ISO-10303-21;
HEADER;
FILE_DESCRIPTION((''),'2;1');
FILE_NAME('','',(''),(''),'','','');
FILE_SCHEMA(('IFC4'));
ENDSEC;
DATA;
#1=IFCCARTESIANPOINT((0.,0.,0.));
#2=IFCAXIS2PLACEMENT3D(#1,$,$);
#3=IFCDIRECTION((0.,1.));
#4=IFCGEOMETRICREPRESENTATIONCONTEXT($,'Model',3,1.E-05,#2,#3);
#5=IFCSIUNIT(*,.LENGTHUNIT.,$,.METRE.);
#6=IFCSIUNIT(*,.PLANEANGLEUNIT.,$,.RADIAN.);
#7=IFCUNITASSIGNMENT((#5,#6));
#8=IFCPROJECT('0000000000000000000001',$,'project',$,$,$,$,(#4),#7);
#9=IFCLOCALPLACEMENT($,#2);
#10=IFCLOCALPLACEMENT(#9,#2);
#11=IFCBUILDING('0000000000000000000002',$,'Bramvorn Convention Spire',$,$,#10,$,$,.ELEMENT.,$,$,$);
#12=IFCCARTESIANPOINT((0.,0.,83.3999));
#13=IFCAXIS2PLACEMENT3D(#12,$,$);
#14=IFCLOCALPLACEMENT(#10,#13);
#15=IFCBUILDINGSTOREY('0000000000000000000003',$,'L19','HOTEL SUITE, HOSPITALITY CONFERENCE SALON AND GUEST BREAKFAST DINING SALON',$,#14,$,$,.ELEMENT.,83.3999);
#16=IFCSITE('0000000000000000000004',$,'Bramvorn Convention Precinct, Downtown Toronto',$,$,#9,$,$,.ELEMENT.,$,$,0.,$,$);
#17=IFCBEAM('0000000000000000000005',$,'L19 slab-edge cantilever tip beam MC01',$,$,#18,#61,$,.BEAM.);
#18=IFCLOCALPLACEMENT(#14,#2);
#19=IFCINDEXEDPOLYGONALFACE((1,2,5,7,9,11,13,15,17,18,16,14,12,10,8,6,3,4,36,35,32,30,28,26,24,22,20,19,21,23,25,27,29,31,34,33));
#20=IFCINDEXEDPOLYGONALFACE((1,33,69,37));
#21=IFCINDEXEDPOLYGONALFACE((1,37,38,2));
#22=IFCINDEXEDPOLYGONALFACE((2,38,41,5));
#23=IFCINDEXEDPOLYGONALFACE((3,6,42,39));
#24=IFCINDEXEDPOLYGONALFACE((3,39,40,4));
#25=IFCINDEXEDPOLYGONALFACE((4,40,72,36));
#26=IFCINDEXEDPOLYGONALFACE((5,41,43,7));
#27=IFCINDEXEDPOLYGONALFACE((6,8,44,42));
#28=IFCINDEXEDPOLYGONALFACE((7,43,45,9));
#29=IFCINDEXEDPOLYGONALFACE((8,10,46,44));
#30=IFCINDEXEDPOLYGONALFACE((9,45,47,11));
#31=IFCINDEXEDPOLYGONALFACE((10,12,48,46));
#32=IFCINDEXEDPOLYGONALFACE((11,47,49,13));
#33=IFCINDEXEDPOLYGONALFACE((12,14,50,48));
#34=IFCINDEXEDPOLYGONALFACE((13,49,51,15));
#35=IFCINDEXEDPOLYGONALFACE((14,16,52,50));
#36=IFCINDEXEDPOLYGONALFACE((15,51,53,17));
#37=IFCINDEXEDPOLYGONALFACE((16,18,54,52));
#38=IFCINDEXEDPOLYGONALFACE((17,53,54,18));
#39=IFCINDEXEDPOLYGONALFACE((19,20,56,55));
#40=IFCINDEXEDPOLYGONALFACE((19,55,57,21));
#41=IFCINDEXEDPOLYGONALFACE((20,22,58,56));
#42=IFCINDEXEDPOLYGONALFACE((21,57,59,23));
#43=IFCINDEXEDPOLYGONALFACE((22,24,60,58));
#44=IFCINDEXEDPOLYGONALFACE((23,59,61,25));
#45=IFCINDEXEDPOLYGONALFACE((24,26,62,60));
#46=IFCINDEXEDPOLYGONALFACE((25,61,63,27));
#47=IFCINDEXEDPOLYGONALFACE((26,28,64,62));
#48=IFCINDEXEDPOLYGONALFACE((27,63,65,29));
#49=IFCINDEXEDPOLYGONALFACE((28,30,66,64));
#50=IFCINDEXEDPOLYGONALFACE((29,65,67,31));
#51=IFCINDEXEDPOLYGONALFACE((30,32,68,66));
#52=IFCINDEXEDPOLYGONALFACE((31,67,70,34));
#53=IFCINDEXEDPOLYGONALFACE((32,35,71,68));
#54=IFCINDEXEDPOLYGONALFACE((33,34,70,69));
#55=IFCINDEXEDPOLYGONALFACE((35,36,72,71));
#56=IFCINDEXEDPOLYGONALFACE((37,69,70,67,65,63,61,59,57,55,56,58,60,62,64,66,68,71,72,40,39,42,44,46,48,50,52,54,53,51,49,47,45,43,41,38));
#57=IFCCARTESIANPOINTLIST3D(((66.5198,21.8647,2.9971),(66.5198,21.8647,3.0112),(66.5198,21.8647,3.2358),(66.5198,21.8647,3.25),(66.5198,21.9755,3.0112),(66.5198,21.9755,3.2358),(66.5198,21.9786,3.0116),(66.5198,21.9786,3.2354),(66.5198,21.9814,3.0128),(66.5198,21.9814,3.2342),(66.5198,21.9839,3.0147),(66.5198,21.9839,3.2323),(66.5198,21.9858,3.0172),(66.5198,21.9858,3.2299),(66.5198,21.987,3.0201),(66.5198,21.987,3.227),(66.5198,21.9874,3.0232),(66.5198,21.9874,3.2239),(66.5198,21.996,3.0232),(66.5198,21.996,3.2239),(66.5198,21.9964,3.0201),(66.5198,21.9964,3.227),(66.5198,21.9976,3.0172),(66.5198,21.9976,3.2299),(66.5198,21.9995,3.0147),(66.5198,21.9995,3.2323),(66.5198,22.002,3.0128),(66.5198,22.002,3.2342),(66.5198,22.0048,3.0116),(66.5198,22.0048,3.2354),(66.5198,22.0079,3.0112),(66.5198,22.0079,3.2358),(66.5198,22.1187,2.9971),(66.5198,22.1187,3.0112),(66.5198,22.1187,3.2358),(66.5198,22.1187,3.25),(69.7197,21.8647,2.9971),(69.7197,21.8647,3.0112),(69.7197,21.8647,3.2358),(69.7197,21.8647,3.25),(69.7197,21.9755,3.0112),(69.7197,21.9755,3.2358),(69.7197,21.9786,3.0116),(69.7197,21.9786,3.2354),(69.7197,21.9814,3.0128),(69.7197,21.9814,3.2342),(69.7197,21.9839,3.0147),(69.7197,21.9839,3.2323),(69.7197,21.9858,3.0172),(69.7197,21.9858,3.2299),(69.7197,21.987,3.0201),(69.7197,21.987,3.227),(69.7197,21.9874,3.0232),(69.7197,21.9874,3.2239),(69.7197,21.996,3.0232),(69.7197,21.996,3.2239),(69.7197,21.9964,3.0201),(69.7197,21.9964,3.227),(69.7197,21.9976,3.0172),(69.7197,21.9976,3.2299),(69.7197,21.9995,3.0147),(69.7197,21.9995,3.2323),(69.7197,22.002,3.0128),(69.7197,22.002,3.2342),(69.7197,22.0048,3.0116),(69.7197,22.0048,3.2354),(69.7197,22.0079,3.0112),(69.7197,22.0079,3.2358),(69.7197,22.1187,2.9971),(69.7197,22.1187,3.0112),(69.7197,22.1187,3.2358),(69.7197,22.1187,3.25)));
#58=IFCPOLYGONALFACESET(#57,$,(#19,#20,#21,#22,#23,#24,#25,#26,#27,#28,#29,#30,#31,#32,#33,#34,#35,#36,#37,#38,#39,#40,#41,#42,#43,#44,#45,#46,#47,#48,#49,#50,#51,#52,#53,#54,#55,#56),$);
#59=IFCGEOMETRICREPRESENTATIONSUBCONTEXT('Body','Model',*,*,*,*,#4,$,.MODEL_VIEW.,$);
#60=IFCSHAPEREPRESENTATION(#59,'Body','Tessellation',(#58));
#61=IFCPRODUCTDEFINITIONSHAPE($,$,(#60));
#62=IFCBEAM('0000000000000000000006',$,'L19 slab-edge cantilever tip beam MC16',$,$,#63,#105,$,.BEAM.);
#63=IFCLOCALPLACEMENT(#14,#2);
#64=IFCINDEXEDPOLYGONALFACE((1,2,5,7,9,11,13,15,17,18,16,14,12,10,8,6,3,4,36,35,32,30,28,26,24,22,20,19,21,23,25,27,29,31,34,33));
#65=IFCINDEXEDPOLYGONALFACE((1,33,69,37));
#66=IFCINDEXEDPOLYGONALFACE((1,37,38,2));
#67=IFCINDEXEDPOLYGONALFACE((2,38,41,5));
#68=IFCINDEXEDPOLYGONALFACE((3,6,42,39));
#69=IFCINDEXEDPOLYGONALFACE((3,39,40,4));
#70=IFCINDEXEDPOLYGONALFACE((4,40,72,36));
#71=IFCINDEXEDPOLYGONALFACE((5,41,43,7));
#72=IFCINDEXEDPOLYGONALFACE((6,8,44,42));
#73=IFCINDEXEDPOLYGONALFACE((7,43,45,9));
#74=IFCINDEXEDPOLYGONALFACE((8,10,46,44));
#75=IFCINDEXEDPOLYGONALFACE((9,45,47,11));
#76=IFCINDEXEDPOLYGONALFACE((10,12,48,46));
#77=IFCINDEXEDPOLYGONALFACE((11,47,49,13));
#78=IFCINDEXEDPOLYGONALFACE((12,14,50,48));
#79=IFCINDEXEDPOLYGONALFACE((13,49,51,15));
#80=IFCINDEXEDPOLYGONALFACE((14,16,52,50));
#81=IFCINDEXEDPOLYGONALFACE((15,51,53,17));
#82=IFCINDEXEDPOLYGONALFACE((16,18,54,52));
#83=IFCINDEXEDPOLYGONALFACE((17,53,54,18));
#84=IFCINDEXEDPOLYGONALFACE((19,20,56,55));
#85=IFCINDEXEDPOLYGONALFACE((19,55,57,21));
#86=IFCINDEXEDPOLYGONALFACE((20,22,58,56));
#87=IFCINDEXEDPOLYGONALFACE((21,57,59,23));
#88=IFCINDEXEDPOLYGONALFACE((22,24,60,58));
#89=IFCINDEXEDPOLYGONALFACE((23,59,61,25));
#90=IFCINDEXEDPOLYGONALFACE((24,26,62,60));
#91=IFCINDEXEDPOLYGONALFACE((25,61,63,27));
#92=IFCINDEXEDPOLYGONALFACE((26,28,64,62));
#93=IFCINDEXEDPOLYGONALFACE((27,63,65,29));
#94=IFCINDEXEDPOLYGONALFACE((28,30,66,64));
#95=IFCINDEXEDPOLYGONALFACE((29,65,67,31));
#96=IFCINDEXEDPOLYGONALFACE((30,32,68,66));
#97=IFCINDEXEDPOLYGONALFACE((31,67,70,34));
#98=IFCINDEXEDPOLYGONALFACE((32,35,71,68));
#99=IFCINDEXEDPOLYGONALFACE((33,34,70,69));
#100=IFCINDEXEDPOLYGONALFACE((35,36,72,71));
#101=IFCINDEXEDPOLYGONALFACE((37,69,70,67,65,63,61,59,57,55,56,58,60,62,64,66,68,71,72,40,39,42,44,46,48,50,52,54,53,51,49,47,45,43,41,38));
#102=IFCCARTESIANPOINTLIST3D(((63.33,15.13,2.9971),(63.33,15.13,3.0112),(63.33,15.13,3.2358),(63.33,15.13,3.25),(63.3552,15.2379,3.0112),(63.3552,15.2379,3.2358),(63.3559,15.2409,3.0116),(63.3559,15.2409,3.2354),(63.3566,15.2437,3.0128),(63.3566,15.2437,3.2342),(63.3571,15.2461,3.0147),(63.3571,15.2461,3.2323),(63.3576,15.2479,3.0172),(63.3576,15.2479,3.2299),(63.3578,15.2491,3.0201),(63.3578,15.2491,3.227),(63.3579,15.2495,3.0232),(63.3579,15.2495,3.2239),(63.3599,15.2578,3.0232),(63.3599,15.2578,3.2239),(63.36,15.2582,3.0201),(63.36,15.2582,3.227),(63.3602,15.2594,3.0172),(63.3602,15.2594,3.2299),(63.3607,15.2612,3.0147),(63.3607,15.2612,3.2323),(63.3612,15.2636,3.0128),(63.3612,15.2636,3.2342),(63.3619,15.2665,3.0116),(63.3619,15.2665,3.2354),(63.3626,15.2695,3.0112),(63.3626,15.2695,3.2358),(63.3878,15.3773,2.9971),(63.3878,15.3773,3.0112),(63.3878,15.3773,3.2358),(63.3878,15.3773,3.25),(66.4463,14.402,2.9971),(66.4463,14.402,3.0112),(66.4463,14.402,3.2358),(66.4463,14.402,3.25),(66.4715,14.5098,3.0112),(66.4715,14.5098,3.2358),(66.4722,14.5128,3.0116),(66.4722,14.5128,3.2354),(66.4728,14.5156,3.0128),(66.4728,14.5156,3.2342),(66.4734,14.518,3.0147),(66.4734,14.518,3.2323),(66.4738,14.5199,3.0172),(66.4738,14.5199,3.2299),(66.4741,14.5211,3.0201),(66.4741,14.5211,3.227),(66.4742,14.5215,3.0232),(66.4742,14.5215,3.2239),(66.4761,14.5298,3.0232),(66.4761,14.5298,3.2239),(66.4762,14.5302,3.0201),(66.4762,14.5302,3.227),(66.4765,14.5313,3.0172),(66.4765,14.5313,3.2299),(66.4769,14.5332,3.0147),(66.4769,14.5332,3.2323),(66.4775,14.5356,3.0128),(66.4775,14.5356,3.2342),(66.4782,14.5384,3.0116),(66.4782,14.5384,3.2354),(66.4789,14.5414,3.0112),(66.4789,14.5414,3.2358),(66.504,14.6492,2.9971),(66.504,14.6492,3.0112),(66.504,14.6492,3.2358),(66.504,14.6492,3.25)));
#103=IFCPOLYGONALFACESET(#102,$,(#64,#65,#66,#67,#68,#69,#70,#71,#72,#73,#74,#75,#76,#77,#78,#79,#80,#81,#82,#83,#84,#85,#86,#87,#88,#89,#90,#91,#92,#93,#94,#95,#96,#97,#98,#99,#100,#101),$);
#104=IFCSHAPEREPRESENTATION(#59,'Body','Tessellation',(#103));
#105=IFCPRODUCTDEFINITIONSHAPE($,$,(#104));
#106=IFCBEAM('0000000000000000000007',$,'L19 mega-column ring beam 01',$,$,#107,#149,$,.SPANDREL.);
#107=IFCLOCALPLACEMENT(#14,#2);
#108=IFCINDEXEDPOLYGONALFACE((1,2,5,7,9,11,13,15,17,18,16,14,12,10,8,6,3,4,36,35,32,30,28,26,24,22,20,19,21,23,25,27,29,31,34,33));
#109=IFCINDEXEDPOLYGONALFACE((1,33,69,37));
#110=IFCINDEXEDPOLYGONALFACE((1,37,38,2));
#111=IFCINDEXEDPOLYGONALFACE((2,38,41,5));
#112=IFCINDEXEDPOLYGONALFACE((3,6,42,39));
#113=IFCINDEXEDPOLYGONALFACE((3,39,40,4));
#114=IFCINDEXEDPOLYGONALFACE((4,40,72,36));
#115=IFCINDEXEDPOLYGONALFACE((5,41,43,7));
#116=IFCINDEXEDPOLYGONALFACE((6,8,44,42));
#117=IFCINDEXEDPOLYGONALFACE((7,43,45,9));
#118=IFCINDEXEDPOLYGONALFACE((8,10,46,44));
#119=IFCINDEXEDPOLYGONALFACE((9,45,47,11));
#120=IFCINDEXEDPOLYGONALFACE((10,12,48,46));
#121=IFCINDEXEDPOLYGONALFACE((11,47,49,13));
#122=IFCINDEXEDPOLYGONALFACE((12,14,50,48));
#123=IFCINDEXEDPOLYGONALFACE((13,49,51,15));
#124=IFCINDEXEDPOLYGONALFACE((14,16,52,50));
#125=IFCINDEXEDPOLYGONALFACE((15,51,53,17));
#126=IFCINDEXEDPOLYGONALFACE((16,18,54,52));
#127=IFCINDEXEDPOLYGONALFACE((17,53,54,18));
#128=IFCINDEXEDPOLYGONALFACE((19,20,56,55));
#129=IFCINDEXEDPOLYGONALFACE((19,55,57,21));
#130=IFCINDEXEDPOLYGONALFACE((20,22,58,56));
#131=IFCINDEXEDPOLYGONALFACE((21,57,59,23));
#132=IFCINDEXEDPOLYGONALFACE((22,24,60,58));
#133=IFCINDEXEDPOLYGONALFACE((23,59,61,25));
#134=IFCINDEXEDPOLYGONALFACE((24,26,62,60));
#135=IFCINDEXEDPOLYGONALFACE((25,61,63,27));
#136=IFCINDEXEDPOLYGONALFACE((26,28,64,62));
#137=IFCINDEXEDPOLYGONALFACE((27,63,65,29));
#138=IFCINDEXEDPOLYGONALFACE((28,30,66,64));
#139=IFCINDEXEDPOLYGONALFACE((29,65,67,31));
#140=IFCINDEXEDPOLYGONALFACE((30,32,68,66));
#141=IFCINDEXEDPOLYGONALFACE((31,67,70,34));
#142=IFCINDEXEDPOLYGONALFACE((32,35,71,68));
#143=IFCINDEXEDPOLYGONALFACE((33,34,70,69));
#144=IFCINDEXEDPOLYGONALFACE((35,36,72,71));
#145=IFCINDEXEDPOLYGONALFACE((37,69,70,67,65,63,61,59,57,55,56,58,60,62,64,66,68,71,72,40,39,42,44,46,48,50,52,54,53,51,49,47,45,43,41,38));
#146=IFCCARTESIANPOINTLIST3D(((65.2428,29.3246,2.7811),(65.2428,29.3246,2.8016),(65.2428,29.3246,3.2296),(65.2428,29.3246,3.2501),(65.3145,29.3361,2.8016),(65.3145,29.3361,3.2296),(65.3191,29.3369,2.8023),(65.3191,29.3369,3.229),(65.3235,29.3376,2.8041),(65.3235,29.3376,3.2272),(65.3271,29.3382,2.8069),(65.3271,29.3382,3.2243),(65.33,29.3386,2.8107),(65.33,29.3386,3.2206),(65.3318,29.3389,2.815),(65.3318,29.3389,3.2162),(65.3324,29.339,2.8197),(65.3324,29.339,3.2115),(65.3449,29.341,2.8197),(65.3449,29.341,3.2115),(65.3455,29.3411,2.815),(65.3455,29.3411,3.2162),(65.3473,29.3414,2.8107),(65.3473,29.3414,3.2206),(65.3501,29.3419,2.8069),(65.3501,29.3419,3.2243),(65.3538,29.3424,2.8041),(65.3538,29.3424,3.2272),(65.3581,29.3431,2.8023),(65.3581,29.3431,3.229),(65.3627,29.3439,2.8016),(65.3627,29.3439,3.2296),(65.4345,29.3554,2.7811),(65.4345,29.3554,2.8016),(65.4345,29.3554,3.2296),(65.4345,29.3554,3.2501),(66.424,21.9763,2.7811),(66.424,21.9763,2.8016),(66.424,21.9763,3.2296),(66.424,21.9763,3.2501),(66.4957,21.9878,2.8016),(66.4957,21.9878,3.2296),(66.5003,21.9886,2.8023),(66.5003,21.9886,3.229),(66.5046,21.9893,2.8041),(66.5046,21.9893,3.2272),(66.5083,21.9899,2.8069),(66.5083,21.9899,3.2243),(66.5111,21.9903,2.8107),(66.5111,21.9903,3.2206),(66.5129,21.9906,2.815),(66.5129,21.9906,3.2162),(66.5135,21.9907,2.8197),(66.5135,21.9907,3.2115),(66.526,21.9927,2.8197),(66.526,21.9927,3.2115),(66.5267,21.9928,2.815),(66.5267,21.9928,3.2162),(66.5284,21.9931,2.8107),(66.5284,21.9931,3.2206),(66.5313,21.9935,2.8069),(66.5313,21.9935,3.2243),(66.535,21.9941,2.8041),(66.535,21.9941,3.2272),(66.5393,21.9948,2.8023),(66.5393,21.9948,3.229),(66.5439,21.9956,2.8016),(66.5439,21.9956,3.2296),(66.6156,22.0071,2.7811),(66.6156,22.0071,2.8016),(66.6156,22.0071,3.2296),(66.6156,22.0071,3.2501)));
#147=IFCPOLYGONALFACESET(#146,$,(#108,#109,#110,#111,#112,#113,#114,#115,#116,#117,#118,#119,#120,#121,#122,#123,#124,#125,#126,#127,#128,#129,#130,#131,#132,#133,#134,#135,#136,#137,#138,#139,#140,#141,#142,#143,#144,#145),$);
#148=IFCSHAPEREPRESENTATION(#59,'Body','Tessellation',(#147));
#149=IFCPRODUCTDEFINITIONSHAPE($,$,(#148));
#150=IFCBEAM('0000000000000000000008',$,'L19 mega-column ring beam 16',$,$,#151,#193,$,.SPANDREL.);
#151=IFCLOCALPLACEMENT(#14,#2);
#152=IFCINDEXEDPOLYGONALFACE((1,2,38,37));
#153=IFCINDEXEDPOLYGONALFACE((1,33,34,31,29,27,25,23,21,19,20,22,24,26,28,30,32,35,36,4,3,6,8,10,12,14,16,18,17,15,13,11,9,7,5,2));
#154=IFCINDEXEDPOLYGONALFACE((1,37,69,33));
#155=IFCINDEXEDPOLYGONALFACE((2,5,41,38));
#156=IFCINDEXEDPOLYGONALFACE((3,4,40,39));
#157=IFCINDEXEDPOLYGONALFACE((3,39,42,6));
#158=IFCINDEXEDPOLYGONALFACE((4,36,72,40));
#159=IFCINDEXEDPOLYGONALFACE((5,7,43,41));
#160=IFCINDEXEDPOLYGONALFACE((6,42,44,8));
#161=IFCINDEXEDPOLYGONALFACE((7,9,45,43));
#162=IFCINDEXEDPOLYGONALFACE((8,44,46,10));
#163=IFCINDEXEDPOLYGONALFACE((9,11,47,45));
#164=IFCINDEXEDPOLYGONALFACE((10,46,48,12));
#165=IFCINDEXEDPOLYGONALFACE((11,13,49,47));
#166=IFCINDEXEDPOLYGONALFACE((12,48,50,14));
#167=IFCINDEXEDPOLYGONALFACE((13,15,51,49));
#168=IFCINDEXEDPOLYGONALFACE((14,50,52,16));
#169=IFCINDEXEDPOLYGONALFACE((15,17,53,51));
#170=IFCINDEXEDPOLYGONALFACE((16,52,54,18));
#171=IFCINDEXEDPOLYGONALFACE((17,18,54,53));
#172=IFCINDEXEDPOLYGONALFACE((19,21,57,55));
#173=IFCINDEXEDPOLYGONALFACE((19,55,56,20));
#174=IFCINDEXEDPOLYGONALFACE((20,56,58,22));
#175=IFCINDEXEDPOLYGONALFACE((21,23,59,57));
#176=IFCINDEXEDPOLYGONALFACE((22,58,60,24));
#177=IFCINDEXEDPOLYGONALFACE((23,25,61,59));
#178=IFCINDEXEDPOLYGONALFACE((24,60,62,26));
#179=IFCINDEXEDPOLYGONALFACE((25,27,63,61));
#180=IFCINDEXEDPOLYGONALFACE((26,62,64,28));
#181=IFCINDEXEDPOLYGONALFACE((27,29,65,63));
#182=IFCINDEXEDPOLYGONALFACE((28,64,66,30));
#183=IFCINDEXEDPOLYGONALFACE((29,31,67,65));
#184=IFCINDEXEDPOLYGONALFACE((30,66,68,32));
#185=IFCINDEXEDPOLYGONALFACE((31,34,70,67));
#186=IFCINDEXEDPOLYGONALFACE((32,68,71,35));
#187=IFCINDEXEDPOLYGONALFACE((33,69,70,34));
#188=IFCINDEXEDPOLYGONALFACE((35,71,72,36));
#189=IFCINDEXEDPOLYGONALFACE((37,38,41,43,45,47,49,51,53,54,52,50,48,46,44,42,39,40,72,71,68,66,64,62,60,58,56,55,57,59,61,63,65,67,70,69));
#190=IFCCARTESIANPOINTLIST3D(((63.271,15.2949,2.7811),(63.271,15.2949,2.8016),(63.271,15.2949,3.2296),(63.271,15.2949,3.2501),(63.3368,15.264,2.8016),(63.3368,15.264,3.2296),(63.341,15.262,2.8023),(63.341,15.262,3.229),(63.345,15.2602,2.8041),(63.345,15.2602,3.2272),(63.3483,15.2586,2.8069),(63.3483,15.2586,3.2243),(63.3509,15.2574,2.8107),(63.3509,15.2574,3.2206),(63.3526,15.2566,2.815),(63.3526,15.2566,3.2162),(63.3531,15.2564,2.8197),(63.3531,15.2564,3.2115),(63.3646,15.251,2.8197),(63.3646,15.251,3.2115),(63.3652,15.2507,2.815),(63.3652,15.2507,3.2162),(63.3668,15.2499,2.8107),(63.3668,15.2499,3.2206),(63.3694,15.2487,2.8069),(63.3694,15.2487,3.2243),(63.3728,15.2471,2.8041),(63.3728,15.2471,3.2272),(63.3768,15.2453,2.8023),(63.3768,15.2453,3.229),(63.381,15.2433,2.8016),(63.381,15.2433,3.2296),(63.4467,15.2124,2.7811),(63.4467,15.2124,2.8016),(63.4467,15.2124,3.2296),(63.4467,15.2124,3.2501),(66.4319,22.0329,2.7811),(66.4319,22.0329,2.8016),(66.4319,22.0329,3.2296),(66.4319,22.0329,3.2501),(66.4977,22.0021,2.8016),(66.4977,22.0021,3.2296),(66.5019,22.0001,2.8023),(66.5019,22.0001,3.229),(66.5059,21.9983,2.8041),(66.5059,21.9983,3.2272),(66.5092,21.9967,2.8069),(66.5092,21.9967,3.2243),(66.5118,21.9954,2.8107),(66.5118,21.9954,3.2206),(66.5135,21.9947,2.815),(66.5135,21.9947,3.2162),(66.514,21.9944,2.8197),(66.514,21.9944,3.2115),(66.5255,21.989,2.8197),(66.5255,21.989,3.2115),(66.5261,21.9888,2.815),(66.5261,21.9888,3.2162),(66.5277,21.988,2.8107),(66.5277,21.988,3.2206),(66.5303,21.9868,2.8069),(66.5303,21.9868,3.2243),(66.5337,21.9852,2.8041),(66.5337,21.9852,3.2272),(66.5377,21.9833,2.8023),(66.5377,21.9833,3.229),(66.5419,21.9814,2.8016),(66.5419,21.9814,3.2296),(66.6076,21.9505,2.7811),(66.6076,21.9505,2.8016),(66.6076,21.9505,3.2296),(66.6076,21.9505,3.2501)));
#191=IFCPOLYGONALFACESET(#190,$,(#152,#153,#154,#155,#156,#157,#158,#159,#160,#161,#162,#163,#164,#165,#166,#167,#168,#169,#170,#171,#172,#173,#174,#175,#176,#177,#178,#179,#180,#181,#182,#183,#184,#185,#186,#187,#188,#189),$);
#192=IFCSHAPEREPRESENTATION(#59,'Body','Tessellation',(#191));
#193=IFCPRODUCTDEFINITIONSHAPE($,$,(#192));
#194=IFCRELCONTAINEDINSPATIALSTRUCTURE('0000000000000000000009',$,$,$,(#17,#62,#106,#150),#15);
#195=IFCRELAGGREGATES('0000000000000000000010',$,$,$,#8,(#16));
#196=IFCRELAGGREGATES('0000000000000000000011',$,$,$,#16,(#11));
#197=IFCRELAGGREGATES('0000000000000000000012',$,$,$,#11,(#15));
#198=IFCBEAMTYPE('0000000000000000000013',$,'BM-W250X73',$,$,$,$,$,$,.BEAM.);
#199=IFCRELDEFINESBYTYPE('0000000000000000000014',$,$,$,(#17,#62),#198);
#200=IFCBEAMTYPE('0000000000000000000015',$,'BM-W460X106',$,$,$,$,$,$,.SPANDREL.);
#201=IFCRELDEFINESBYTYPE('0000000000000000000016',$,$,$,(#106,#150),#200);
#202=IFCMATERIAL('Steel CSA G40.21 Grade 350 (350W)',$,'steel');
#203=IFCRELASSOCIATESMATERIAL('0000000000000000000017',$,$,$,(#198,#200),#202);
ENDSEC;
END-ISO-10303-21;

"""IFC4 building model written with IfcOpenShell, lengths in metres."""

from ifc_helpers import new_model, si_unit, direction, frame, origin, origin_2d, place, context, subcontext, project, spatial, i_section, extrude, material, material_profile, profile_set, type_object, element, save


model = new_model("IFC4")

# Units and contexts
model_context = context("Model", 3, precision=1e-05, world=origin(), true_north=direction((0.0, 1.0)))
body_context = subcontext(model_context, "Body", "Model", "MODEL_VIEW")
ifc_project = project(units=[si_unit("LENGTHUNIT", "METRE"), si_unit("PLANEANGLEUNIT", "RADIAN")], contexts=[model_context])

# Site, building, storey
site_placement = place(None, origin())
site = spatial("IfcSite", under=ifc_project, at=site_placement, Name="Bramvorn Convention Precinct, Downtown Toronto", CompositionType="ELEMENT", RefElevation=0.0)
building_placement = place(site_placement, origin())
building = spatial("IfcBuilding", under=site, at=building_placement, Name="Bramvorn Convention Spire", CompositionType="ELEMENT")
storey_placement = place(building_placement, frame((0.0, 0.0, 83.3999)))
storey = spatial("IfcBuildingStorey", under=building, at=storey_placement, Name="L19", Description="HOTEL SUITE, HOSPITALITY CONFERENCE SALON AND GUEST BREAKFAST DINING SALON", CompositionType="ELEMENT", Elevation=83.3999)

# Shared definitions
ifc_material_1 = material(Name="Steel CSA G40.21 Grade 350 (350W)", Category="steel")

# Beams
ifc_material_profile_1 = material_profile(ifc_material_1, i_section(OverallWidth=0.2539, OverallDepth=0.2529, WebThickness=0.0085, FlangeThickness=0.0142, FilletRadius=0.012, at=origin_2d()))
ifc_profile_set_1 = profile_set([ifc_material_profile_1], Name="Steel CSA G40.21 Grade 350 (350W) - W250X73")
beam_type_1 = type_object("IfcBeamType", Name="BM-W250X73", PredefinedType="BEAM", material=ifc_profile_set_1)
beam_1_placement = place(storey_placement, frame((66.5198, 21.9917, 3.1235), z_axis=(1.0, 0.0, 0.0), x_axis=(0.0, 1.0, 0.0)))
element("IfcBeam", 1, at=beam_1_placement, inside=storey, type_object=beam_type_1, Name="L19 slab-edge cantilever tip beam MC01", PredefinedType="BEAM", context=body_context, shape_type="SweptSolid", body=[
    extrude(i_section(OverallWidth=0.2539, OverallDepth=0.2529, WebThickness=0.0085, FlangeThickness=0.0142, FilletRadius=0.012, at=origin_2d()), origin(), (0.0, 0.0, 1.0), 3.2),
])
beam_2_placement = place(storey_placement, frame((63.3589, 15.2537, 3.1235), z_axis=(0.973778, -0.2275, 0.0), x_axis=(0.2275, 0.973778, 0.0)))
element("IfcBeam", 2, at=beam_2_placement, inside=storey, type_object=beam_type_1, Name="L19 slab-edge cantilever tip beam MC16", PredefinedType="BEAM", context=body_context, shape_type="SweptSolid", body=[
    extrude(i_section(OverallWidth=0.2539, OverallDepth=0.2529, WebThickness=0.0085, FlangeThickness=0.0142, FilletRadius=0.012, at=origin_2d()), origin(), (0.0, 0.0, 1.0), 3.2002),
])
ifc_material_profile_2 = material_profile(ifc_material_1, i_section(OverallWidth=0.1941, OverallDepth=0.469, WebThickness=0.0127, FlangeThickness=0.0205, FilletRadius=0.0181, at=origin_2d()))
ifc_profile_set_2 = profile_set([ifc_material_profile_2], Name="Steel CSA G40.21 Grade 350 (350W) - W460X106")
beam_type_2 = type_object("IfcBeamType", Name="BM-W460X106", PredefinedType="SPANDREL", material=ifc_profile_set_2)
for number, where, z_axis, x_axis, name in (
    (3, (66.5198, 21.9917, 3.0156), (-0.158699, 0.987327, 0.0), (-0.987327, -0.158699, 0.0), "L19 mega-column ring beam 01"),
    (4, (63.3589, 15.2537, 3.0156), (0.424702, 0.905333, 0.0), (-0.905333, 0.424702, 0.0), "L19 mega-column ring beam 16"),
):
    element("IfcBeam", number, at=place(storey_placement, frame(where, z_axis=z_axis, x_axis=x_axis)), inside=storey, type_object=beam_type_2, Name=name, PredefinedType="SPANDREL", context=body_context, shape_type="SweptSolid", body=[
        extrude(i_section(OverallWidth=0.1941, OverallDepth=0.469, WebThickness=0.0127, FlangeThickness=0.0205, FilletRadius=0.0181, at=origin_2d()), origin(), (0.0, 0.0, 1.0), 7.4426),
    ])

save(model, "model.ifc")
